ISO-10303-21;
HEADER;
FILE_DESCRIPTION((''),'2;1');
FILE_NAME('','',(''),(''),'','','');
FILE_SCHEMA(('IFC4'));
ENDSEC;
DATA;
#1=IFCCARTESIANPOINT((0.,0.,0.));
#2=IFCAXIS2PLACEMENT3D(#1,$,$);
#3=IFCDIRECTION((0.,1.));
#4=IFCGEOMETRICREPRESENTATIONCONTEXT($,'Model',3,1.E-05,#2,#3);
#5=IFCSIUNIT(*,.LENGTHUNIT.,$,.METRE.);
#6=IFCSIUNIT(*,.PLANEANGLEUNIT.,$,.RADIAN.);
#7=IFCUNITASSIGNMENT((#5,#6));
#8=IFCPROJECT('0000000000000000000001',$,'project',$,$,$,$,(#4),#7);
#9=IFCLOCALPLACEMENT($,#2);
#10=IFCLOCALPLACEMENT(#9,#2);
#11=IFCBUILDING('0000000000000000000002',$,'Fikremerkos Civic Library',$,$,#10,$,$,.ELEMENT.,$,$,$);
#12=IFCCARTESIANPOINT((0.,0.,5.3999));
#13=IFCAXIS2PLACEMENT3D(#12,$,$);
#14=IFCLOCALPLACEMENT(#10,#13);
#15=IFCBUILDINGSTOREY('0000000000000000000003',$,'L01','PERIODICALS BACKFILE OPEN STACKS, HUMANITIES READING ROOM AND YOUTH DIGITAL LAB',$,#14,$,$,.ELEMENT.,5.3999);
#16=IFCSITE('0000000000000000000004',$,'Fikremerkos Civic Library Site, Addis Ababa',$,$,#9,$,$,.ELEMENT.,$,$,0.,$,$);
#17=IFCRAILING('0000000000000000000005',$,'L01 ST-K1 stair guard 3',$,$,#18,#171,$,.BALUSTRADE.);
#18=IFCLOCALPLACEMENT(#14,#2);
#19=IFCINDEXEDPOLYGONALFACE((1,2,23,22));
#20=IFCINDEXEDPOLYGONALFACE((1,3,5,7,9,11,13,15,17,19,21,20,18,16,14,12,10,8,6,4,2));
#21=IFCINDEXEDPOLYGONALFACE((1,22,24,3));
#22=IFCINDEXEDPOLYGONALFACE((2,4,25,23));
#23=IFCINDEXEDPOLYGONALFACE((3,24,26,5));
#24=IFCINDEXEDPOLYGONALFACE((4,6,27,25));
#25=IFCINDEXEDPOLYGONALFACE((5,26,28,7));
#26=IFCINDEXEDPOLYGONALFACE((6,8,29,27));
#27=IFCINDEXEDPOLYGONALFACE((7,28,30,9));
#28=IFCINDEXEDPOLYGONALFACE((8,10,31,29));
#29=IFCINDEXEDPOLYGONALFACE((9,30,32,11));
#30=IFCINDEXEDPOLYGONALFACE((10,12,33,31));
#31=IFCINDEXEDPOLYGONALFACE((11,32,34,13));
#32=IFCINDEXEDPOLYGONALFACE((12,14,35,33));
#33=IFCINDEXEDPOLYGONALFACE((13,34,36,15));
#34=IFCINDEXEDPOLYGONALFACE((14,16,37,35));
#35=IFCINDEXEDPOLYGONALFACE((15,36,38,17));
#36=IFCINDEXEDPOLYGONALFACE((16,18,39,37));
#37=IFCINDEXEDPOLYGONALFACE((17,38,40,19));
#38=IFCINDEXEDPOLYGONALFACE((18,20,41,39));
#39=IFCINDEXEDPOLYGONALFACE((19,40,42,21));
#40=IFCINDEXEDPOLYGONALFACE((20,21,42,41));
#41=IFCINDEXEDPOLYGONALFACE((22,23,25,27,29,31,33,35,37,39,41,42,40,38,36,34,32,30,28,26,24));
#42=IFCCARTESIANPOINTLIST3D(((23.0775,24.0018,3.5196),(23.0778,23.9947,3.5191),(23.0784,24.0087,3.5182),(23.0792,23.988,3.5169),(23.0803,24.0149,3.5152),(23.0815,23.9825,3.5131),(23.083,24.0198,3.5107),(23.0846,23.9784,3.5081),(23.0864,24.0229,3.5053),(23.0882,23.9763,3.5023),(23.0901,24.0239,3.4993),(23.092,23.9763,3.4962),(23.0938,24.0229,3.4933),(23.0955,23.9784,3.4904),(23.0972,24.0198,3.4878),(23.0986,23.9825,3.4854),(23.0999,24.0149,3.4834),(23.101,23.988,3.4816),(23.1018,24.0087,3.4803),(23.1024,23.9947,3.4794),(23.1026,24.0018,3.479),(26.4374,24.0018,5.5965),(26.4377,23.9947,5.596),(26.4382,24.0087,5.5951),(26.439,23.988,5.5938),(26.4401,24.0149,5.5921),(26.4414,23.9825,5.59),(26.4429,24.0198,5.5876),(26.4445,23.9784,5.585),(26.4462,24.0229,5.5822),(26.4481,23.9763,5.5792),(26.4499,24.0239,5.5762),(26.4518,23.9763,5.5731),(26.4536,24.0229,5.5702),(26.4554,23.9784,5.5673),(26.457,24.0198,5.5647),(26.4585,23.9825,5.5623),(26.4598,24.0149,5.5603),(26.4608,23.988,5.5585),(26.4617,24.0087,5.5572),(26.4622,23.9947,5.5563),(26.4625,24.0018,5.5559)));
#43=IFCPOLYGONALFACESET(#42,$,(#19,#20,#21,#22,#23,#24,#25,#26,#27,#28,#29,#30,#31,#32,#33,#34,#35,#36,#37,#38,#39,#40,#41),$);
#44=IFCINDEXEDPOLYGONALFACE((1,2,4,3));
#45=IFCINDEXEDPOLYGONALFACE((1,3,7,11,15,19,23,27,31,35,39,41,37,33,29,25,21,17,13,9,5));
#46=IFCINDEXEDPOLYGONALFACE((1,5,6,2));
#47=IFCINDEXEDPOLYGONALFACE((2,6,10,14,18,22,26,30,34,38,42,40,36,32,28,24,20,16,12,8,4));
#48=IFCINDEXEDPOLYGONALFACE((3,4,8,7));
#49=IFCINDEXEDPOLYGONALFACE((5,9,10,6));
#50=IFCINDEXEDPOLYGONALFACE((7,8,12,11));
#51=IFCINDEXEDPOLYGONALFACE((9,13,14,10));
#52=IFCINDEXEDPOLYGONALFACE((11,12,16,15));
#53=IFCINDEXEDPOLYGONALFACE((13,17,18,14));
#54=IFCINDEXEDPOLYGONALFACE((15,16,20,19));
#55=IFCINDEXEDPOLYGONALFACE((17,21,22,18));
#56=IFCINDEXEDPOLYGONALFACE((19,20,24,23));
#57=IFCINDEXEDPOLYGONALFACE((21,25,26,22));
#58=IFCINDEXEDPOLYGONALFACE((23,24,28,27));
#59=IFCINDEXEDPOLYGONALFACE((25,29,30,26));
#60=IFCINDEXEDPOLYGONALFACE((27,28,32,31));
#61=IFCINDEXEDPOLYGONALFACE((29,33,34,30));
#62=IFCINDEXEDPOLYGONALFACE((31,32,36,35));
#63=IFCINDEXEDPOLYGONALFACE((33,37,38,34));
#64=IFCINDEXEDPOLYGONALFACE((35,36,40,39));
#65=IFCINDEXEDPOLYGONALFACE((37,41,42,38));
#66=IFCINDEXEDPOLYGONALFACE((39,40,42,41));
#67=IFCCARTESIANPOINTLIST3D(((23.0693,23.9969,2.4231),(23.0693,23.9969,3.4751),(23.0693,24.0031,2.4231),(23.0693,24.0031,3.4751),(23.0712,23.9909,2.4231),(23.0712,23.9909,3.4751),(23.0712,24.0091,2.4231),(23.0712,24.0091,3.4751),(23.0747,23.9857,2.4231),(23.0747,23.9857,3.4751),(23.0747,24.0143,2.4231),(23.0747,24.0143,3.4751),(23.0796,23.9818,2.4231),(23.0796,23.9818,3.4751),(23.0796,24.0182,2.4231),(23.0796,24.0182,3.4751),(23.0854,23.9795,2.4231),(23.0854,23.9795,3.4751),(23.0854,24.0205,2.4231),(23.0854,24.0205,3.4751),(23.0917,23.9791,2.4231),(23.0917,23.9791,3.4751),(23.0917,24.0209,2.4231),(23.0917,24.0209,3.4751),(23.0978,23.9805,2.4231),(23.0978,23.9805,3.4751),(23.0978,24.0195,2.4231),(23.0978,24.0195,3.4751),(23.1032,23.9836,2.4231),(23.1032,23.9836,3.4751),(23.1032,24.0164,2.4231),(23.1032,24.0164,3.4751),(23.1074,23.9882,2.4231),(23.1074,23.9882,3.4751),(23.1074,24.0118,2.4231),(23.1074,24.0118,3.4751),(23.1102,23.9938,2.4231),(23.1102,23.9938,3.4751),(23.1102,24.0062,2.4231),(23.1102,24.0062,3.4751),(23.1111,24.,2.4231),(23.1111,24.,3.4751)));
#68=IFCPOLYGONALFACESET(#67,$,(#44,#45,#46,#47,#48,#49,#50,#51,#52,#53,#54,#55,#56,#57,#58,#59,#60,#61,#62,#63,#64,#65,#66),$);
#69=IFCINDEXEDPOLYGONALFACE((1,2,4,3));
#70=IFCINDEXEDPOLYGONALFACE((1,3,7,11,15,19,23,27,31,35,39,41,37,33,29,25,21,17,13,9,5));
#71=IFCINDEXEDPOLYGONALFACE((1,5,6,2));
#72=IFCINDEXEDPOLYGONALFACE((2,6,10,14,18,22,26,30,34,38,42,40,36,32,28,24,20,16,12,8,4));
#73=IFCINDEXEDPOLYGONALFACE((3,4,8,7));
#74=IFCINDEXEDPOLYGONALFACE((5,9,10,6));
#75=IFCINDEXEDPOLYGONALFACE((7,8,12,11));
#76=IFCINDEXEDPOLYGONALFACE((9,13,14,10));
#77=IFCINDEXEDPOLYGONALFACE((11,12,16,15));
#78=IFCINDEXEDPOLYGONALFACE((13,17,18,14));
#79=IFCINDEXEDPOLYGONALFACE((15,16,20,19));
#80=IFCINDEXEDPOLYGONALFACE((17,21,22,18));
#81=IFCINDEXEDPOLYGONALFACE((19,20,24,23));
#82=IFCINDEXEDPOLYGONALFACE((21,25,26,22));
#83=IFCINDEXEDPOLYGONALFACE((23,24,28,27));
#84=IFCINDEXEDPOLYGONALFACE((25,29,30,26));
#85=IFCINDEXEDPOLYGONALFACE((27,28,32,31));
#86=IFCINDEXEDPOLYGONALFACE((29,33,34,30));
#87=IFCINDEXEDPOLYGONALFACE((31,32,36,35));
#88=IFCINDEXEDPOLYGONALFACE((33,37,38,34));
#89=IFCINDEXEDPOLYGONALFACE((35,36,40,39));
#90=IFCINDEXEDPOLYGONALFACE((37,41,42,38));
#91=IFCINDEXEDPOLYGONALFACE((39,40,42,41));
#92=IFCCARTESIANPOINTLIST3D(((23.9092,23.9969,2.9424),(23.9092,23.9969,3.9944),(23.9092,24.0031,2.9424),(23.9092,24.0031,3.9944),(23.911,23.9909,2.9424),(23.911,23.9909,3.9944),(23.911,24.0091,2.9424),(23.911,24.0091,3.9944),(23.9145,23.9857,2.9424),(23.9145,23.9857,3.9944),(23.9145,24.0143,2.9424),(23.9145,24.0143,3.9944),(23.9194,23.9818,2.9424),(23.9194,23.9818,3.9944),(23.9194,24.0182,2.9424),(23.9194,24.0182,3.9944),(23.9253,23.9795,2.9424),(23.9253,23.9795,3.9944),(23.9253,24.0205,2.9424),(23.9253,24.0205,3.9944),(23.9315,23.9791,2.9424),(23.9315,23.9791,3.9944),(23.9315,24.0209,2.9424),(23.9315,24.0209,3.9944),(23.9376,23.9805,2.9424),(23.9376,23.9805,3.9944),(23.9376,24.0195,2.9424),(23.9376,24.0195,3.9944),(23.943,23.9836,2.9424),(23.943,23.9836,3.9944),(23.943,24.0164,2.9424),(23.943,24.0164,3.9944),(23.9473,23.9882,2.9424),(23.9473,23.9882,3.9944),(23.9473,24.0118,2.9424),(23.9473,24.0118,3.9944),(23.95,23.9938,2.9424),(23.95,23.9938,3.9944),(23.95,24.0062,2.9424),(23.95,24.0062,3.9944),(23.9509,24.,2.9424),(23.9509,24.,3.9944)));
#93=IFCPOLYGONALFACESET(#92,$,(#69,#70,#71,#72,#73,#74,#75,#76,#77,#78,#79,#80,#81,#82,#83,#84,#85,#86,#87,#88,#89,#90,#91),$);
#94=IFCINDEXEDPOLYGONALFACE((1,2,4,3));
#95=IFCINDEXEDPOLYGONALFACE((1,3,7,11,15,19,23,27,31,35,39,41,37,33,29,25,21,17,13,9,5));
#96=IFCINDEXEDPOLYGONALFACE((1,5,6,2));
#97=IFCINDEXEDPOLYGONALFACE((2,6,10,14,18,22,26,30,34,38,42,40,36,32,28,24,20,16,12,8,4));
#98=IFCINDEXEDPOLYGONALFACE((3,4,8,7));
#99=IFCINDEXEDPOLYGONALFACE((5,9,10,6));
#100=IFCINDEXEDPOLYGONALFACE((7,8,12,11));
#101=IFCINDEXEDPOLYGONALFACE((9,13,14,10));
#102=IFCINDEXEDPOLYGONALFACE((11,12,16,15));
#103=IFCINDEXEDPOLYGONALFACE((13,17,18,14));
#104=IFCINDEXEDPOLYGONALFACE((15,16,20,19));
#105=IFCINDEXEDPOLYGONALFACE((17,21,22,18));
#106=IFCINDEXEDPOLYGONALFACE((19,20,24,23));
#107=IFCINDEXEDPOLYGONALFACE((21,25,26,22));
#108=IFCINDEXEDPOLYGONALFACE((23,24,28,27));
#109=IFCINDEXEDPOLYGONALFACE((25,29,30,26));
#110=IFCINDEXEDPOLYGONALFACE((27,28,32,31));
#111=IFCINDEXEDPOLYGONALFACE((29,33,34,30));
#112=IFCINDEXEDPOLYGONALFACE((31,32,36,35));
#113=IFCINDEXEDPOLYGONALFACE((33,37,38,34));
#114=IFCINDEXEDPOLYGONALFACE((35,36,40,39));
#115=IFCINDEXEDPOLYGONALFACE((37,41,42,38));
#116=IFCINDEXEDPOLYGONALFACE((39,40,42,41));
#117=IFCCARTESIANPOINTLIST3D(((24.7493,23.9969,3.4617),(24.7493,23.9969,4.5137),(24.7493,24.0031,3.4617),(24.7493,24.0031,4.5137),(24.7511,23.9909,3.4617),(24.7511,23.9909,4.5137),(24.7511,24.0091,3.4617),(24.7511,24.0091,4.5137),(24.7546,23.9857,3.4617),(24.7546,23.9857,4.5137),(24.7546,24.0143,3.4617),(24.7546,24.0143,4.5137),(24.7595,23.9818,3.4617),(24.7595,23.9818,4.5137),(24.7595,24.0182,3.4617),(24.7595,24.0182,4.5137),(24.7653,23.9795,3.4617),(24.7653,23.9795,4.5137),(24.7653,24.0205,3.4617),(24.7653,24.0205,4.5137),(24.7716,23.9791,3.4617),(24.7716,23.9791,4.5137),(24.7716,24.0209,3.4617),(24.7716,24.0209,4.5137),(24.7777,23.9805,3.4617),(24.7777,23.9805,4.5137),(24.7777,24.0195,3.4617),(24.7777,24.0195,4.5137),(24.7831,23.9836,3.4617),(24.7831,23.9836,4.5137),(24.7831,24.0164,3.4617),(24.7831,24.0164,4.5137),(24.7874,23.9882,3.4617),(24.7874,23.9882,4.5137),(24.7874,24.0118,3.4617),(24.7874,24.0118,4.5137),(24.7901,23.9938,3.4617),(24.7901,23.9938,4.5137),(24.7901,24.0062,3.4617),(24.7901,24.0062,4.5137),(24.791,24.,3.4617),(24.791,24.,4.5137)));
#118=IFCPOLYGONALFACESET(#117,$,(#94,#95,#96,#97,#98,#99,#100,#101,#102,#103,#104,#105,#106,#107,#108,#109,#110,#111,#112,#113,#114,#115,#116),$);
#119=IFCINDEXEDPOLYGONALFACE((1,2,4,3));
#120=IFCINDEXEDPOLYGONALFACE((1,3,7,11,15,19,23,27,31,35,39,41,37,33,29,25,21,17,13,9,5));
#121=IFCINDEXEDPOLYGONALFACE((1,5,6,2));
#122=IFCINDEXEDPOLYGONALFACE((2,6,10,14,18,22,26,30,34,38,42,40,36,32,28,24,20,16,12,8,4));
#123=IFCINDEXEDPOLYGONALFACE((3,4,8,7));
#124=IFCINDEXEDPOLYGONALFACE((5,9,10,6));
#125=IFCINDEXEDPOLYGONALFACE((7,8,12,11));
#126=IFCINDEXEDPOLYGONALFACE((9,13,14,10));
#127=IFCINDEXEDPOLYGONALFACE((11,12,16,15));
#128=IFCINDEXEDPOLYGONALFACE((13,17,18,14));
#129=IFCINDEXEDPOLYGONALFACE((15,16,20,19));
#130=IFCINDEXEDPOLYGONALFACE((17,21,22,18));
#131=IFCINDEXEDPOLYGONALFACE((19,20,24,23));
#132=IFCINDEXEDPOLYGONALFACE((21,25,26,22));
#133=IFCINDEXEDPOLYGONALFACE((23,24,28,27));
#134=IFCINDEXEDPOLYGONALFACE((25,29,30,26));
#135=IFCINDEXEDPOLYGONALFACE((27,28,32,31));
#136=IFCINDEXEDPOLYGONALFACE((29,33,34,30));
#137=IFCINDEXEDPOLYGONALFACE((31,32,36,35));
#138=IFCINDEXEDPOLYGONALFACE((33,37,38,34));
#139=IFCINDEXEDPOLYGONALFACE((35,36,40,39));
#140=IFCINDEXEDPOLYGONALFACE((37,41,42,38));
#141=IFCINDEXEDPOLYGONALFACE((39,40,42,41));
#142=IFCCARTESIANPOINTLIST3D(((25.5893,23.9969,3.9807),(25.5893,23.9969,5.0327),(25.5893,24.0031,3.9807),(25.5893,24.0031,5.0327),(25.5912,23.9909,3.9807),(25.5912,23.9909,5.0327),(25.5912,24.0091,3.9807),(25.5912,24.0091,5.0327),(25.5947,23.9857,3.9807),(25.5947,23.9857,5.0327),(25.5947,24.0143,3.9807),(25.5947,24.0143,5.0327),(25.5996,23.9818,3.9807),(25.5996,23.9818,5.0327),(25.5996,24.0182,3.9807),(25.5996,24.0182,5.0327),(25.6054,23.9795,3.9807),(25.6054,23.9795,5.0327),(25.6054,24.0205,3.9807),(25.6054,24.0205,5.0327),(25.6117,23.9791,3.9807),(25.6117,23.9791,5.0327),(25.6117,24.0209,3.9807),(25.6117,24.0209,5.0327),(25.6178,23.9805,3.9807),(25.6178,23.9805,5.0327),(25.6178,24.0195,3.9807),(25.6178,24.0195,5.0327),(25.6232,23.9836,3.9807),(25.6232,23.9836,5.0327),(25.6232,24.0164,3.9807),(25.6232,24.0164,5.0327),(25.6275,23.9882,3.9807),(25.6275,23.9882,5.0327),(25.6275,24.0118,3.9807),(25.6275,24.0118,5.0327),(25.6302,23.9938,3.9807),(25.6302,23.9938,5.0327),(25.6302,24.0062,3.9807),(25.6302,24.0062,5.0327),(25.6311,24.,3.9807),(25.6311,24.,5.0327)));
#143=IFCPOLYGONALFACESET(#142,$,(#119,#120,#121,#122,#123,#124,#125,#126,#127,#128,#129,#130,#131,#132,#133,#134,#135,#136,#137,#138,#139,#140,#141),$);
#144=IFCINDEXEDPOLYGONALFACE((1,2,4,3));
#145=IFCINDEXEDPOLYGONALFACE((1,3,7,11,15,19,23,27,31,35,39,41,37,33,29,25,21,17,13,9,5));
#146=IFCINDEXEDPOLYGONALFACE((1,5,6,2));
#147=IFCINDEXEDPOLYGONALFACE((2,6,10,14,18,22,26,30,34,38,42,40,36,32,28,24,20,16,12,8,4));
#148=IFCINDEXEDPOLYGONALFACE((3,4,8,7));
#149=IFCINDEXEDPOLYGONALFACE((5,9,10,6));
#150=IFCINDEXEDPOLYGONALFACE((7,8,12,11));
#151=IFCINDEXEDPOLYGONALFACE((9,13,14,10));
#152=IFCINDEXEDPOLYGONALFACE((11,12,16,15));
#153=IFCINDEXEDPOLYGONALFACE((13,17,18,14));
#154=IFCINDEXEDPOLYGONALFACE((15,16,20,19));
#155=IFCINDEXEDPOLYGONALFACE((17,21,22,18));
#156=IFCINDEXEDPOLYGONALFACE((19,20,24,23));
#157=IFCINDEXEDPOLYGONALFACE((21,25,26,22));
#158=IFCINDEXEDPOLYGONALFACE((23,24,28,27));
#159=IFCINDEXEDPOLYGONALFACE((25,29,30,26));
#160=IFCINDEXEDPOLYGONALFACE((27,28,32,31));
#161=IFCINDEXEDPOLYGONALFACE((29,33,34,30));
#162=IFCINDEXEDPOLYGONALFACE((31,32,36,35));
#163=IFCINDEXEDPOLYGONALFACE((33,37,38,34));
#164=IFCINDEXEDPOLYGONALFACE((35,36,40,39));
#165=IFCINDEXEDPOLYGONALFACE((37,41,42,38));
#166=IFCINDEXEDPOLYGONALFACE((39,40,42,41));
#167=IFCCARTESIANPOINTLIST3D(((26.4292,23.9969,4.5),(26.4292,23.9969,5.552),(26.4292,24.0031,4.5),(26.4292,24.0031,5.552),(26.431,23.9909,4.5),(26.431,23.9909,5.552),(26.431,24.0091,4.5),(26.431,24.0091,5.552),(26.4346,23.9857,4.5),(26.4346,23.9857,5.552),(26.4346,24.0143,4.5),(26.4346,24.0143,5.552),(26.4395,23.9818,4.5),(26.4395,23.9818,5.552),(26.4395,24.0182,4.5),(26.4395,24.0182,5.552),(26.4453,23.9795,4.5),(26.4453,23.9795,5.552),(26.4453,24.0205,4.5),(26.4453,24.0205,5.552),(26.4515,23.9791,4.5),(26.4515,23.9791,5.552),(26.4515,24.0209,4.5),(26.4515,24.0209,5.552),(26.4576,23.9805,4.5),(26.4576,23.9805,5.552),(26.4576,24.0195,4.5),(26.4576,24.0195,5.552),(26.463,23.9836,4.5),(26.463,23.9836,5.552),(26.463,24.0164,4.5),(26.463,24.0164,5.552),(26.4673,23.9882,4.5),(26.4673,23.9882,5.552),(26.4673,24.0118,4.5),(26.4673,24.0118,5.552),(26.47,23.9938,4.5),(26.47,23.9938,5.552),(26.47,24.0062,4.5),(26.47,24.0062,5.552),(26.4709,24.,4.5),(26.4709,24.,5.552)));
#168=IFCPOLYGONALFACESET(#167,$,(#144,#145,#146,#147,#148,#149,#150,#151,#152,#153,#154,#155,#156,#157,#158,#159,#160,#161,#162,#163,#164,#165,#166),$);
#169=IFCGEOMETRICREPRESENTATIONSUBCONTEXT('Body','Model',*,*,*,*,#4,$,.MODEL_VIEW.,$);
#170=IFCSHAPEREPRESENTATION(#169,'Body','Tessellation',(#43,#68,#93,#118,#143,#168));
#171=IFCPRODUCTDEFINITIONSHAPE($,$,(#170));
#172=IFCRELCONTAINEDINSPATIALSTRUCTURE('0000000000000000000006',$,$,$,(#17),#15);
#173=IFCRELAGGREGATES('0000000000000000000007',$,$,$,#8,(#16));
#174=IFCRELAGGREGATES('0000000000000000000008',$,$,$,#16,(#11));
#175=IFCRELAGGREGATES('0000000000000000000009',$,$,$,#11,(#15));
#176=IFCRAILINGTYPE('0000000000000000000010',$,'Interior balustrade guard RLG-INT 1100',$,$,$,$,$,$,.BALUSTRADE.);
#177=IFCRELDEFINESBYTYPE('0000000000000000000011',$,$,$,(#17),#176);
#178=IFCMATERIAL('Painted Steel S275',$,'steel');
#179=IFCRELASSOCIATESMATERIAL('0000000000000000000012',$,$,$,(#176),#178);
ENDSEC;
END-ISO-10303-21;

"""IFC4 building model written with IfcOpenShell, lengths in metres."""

from ifc_helpers import new_model, si_unit, direction, frame, origin, origin_2d, place, context, subcontext, project, spatial, circle, extrude, material, type_object, element, save


model = new_model("IFC4")

# Units and contexts
model_context = context("Model", 3, precision=1e-05, world=origin(), true_north=direction((0.0, 1.0)))
body_context = subcontext(model_context, "Body", "Model", "MODEL_VIEW")
ifc_project = project(units=[si_unit("LENGTHUNIT", "METRE"), si_unit("PLANEANGLEUNIT", "RADIAN")], contexts=[model_context])

# Site, building, storey
site_placement = place(None, origin())
site = spatial("IfcSite", under=ifc_project, at=site_placement, Name="Fikremerkos Civic Library Site, Addis Ababa", CompositionType="ELEMENT", RefElevation=0.0)
building_placement = place(site_placement, origin())
building = spatial("IfcBuilding", under=site, at=building_placement, Name="Fikremerkos Civic Library", CompositionType="ELEMENT")
storey_placement = place(building_placement, frame((0.0, 0.0, 5.3999)))
storey = spatial("IfcBuildingStorey", under=building, at=storey_placement, Name="L01", Description="PERIODICALS BACKFILE OPEN STACKS, HUMANITIES READING ROOM AND YOUTH DIGITAL LAB", CompositionType="ELEMENT", Elevation=5.3999)

# Railing
ifc_material_1 = material(Name="Painted Steel S275", Category="steel")
railing_type_1 = type_object("IfcRailingType", Name="Interior balustrade guard RLG-INT 1100", PredefinedType="BALUSTRADE", material=ifc_material_1)
railing_1_placement = place(storey_placement, frame((23.0901, 24.0, 2.4231)))
element("IfcRailing", 1, at=railing_1_placement, inside=storey, type_object=railing_type_1, Name="L01 ST-K1 stair guard 3", PredefinedType="BALUSTRADE", context=body_context, shape_type="SweptSolid", body=[
    extrude(circle(Radius=0.0239, at=origin_2d()), frame((0.0, 0.0, 1.0762), z_axis=(0.850606, 0.0, 0.525803), x_axis=(0.0, 1.0, 0.0)), (0.0, 0.0, 1.0), 3.95),
    extrude(circle(Radius=0.021, at=origin_2d()), origin(), (0.0, 0.0, 1.0), 1.052),
    extrude(circle(Radius=0.021, at=origin_2d()), frame((0.8398, 0.0, 0.5193)), (0.0, 0.0, 1.0), 1.052),
    extrude(circle(Radius=0.021, at=origin_2d()), frame((1.6799, 0.0, 1.0386)), (0.0, 0.0, 1.0), 1.052),
    extrude(circle(Radius=0.021, at=origin_2d()), frame((2.52, 0.0, 1.5576)), (0.0, 0.0, 1.0), 1.052),
    extrude(circle(Radius=0.021, at=origin_2d()), frame((3.3599, 0.0, 2.0769)), (0.0, 0.0, 1.0), 1.052),
])

save(model, "model.ifc")
